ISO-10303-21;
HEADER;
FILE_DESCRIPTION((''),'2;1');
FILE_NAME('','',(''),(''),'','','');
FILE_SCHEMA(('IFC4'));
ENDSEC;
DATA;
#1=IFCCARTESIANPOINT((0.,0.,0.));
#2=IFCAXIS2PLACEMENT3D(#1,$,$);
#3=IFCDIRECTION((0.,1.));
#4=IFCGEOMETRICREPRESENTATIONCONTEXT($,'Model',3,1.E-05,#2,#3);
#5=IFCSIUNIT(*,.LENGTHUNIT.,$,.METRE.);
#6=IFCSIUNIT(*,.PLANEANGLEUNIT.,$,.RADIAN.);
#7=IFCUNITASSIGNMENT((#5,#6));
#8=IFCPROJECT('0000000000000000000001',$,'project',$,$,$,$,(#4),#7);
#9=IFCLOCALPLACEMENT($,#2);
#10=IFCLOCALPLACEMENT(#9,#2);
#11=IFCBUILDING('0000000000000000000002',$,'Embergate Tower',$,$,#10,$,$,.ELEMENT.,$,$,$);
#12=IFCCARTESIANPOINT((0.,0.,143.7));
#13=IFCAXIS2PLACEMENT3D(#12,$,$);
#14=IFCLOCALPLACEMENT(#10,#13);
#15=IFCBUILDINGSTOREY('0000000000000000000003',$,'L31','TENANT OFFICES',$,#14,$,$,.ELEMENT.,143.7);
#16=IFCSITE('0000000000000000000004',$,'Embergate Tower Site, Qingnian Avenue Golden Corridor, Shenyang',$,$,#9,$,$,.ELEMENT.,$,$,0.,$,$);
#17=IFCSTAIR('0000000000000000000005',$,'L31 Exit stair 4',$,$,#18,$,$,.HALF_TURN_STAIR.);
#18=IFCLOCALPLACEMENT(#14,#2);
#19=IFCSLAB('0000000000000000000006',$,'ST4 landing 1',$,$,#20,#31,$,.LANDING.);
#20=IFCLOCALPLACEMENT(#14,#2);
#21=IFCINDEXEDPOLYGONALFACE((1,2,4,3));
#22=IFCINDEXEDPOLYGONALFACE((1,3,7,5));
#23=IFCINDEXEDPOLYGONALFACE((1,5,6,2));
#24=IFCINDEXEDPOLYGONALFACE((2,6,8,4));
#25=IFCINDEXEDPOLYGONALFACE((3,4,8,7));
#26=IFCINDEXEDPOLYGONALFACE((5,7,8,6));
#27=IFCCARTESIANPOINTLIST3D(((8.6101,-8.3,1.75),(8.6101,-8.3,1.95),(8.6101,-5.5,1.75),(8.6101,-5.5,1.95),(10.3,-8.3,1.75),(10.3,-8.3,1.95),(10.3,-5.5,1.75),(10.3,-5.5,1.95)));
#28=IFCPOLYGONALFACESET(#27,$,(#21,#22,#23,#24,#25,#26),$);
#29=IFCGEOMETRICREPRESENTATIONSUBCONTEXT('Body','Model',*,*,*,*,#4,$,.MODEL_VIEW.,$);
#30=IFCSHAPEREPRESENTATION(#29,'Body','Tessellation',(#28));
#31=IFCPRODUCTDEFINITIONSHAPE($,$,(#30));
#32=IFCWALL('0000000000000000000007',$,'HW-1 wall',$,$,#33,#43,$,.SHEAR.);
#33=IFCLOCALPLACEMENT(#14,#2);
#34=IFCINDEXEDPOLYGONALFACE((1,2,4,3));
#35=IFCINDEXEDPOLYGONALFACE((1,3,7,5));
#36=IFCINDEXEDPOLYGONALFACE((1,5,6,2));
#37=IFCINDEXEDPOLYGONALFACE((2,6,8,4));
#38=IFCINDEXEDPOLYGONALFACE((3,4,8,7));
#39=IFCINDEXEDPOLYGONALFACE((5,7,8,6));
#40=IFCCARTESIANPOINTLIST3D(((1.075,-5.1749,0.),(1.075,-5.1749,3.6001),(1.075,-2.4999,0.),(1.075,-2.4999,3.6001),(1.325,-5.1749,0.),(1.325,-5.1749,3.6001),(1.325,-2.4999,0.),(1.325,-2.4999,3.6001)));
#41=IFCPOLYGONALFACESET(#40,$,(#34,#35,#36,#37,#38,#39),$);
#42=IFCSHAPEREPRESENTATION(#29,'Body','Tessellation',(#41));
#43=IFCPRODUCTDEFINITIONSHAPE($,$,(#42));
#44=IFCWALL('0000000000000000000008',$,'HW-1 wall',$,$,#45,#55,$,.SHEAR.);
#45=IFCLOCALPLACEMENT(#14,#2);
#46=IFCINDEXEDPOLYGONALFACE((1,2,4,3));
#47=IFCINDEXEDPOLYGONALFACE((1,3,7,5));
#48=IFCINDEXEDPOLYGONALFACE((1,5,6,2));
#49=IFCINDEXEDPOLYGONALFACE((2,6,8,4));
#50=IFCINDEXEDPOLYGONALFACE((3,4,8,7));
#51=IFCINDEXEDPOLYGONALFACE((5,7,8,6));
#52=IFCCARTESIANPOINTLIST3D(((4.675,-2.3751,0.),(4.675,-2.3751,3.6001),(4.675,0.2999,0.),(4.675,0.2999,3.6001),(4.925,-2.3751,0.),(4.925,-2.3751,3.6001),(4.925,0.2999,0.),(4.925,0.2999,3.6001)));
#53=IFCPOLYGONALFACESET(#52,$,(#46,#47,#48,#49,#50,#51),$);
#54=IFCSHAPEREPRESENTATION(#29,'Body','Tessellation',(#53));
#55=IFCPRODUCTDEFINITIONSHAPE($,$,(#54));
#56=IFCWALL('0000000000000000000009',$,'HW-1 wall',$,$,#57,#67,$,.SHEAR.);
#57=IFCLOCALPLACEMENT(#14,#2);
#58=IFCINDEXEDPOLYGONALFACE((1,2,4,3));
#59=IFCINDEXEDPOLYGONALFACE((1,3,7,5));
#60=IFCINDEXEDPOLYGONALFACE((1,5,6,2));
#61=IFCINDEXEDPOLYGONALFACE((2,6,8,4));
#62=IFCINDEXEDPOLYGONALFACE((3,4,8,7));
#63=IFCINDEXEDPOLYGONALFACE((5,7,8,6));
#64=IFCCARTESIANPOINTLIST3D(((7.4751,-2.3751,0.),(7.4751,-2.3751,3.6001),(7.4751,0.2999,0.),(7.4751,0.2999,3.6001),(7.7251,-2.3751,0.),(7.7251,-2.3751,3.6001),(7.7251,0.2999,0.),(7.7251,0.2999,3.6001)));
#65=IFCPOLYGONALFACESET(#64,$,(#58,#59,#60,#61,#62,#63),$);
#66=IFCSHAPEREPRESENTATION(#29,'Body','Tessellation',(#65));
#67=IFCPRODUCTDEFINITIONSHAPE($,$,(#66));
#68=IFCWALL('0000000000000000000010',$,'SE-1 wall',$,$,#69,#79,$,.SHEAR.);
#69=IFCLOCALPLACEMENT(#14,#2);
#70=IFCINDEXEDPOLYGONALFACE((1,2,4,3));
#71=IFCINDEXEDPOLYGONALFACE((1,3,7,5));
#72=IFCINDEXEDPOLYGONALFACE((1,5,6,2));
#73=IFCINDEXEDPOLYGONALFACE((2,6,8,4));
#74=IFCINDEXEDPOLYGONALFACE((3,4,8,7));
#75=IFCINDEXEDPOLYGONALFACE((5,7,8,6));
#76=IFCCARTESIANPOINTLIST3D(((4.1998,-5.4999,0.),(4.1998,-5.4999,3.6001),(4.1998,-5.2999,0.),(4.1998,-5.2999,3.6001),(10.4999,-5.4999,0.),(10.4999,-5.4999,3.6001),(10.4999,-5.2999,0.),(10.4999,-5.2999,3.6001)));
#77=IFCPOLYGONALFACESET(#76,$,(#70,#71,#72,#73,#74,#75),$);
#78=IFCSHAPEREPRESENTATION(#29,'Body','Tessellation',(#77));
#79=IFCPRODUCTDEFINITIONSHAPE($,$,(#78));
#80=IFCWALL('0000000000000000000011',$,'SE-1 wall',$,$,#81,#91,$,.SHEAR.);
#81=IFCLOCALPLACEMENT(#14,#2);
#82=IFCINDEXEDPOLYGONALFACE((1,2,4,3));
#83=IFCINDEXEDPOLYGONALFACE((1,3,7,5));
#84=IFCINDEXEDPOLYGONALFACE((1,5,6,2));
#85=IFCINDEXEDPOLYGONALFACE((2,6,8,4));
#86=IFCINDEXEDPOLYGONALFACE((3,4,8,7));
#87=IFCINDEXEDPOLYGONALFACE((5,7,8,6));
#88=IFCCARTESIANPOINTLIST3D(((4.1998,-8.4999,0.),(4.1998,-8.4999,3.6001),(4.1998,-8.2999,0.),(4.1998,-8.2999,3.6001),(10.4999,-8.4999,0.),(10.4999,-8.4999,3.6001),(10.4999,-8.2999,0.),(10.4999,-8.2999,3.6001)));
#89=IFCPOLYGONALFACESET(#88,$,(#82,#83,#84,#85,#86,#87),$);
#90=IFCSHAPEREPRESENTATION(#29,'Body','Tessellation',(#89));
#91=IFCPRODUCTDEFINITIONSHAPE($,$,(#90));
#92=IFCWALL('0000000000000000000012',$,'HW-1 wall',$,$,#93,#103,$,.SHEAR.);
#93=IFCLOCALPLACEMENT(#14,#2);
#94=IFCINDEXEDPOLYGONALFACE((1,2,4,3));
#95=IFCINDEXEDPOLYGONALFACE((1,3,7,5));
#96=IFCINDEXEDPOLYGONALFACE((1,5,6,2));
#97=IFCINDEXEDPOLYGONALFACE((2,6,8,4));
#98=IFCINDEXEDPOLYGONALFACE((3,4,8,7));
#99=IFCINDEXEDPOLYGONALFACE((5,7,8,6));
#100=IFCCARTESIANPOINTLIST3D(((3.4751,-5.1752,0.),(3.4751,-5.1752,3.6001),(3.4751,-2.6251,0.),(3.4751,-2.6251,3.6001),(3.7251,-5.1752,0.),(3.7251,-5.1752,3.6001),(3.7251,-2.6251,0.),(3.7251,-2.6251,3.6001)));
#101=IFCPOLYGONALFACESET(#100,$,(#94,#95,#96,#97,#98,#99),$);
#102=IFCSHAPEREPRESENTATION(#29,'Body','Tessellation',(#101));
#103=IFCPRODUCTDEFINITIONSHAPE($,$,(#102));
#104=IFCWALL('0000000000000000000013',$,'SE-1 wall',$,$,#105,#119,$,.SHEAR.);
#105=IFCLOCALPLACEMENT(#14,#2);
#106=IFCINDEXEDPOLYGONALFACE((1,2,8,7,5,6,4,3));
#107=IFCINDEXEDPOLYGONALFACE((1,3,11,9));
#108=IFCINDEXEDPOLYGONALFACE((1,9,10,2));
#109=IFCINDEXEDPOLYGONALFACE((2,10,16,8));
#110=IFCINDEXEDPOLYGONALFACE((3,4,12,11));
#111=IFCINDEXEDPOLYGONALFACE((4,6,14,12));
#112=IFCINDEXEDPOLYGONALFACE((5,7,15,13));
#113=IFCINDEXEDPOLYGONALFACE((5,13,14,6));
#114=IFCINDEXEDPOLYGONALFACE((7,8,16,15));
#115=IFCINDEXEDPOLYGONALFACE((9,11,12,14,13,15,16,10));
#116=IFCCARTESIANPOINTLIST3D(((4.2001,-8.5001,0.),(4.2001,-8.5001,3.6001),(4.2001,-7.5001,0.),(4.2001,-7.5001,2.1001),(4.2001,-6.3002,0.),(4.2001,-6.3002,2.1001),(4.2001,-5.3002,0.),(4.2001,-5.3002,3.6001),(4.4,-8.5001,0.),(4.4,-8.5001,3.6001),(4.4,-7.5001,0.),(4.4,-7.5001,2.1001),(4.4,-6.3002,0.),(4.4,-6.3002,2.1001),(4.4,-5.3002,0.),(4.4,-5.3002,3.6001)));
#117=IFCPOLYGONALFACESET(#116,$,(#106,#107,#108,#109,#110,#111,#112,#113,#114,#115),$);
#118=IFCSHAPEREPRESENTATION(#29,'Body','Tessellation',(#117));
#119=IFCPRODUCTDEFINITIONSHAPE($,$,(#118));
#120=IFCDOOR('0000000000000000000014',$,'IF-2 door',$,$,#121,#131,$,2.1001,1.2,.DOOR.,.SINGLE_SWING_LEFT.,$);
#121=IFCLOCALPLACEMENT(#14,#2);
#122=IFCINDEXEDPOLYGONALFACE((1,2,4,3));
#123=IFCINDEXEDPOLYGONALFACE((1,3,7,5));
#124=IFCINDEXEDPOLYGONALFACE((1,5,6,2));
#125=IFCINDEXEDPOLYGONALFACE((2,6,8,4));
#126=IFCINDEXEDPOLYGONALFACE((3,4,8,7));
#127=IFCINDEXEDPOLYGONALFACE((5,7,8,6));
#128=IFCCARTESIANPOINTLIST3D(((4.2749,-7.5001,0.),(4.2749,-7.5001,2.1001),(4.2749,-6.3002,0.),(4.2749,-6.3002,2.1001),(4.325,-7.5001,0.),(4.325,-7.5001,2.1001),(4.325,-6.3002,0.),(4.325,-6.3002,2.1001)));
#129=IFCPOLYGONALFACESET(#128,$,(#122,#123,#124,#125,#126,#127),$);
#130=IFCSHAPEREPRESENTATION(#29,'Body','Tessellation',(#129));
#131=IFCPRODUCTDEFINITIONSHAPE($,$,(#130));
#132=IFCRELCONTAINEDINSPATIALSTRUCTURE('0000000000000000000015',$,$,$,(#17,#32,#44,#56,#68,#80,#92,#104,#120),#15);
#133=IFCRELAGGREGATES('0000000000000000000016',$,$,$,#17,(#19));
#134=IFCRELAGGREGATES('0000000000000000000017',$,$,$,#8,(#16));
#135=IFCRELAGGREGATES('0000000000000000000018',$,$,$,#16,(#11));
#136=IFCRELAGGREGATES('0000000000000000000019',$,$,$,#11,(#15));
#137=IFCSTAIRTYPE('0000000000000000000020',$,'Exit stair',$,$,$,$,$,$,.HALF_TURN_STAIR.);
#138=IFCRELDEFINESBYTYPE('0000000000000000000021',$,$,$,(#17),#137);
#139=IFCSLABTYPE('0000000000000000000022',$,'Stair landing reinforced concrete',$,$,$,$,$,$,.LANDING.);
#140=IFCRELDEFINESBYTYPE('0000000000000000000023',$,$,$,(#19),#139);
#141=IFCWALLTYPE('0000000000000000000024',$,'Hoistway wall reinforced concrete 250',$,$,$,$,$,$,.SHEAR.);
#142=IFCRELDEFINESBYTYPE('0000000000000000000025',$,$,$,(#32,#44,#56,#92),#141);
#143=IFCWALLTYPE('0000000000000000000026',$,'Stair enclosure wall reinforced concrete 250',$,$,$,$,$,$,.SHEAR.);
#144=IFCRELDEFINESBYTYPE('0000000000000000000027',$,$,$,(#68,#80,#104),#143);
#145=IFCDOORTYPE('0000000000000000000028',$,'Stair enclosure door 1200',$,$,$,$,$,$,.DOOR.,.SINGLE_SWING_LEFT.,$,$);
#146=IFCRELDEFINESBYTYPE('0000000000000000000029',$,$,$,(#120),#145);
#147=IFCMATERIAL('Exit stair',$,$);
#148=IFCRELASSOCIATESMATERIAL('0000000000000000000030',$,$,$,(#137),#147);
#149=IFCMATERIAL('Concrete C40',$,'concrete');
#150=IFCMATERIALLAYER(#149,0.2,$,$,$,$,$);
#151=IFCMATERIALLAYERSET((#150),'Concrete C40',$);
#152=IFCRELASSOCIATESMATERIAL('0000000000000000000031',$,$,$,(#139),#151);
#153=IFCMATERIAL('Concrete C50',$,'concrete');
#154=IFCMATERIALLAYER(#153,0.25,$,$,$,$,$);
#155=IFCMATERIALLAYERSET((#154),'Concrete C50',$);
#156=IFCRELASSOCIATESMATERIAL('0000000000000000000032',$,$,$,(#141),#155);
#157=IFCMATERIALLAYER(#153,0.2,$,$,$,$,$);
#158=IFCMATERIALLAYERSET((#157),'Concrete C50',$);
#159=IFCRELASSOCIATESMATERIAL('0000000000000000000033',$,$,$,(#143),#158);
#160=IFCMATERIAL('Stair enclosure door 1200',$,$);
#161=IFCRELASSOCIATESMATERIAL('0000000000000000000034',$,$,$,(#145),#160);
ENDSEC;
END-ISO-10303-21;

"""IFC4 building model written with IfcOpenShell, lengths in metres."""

from ifc_helpers import new_model, si_unit, direction, frame, frame_2d, origin, place, context, subcontext, project, spatial, polyline, rectangle, outline, extrude, source, transform, mapped, material, layer, layer_set, type_object, element, fill, aggregate, save


model = new_model("IFC4")

# Units and contexts
model_context = context("Model", 3, precision=1e-05, world=origin(), true_north=direction((0.0, 1.0)))
body_context = subcontext(model_context, "Body", "Model", "MODEL_VIEW")
ifc_project = project(units=[si_unit("LENGTHUNIT", "METRE"), si_unit("PLANEANGLEUNIT", "RADIAN")], contexts=[model_context])

# Site, building, storey
site_placement = place(None, origin())
site = spatial("IfcSite", under=ifc_project, at=site_placement, Name="Embergate Tower Site, Qingnian Avenue Golden Corridor, Shenyang", CompositionType="ELEMENT", RefElevation=0.0)
building_placement = place(site_placement, origin())
building = spatial("IfcBuilding", under=site, at=building_placement, Name="Embergate Tower", CompositionType="ELEMENT")
storey_placement = place(building_placement, frame((0.0, 0.0, 143.7)))
storey = spatial("IfcBuildingStorey", under=building, at=storey_placement, Name="L31", Description="TENANT OFFICES", CompositionType="ELEMENT", Elevation=143.7)

# Stair, slab
ifc_material_1 = material(Name="Exit stair")
stair_type = type_object("IfcStairType", Name="Exit stair", PredefinedType="HALF_TURN_STAIR", material=ifc_material_1)
stair_placement = place(storey_placement, origin())
stair = element("IfcStair", 1, at=stair_placement, inside=storey, type_object=stair_type, Name="L31 Exit stair 4", PredefinedType="HALF_TURN_STAIR")
ifc_material_2 = material(Name="Concrete C40", Category="concrete")
ifc_layer_1 = layer(ifc_material_2, 0.2)
ifc_layer_set_1 = layer_set([ifc_layer_1], Name="Concrete C40")
slab_type = type_object("IfcSlabType", Name="Stair landing reinforced concrete", PredefinedType="LANDING", material=ifc_layer_set_1)
shared_shape_1 = source(origin(), body_context, "Body", "SweptSolid", [
    extrude(outline(polyline([(0.0, 0.0), (1.6899, 0.0), (1.6899, 2.8), (0.0, 2.8), (0.0, 0.0)])), origin(), (0.0, 0.0, 1.0), 0.2),
])
slab_placement = place(storey_placement, frame((8.6101, -8.3, 1.75)))
slab = element("IfcSlab", 2, at=slab_placement, type_object=slab_type, Name="ST4 landing 1", PredefinedType="LANDING", context=body_context, shape_type="MappedRepresentation", body=[
    mapped(shared_shape_1, transform((0.0, 0.0, 0.0))),
])

# Walls
ifc_material_3 = material(Name="Concrete C50", Category="concrete")
ifc_layer_2 = layer(ifc_material_3, 0.25)
ifc_layer_set_2 = layer_set([ifc_layer_2], Name="Concrete C50")
wall_type_1 = type_object("IfcWallType", Name="Hoistway wall reinforced concrete 250", PredefinedType="SHEAR", material=ifc_layer_set_2)
shared_shape_2 = source(origin(), body_context, "Body", "SweptSolid", [
    extrude(rectangle(XDim=2.675, YDim=0.25, at=frame_2d((1.3374, 0.0))), origin(), (0.0, 0.0, 1.0), 3.6001),
])
for number, where, z_axis, x_axis, name in (
    (3, (1.2, -2.5, 0.0), (0.0, 0.0, 1.0), (0.0, -1.0, 0.0), "HW-1 wall"),
    (4, (4.8, -2.375, 0.0), (0.0, 0.0, 1.0), (0.0, 1.0, 0.0), "HW-1 wall"),
    (5, (7.6001, -2.375, 0.0), (0.0, 0.0, 1.0), (0.0, 1.0, 0.0), "HW-1 wall"),
):
    element("IfcWall", number, at=place(storey_placement, frame(where, z_axis=z_axis, x_axis=x_axis)), inside=storey, type_object=wall_type_1, Name=name, PredefinedType="SHEAR", context=body_context, shape_type="MappedRepresentation", body=[
        mapped(shared_shape_2, transform((0.0, 0.0, 0.0))),
    ])
ifc_layer_3 = layer(ifc_material_3, 0.2)
ifc_layer_set_3 = layer_set([ifc_layer_3], Name="Concrete C50")
wall_type_2 = type_object("IfcWallType", Name="Stair enclosure wall reinforced concrete 250", PredefinedType="SHEAR", material=ifc_layer_set_3)
shared_shape_3 = source(origin(), body_context, "Body", "SweptSolid", [
    extrude(rectangle(XDim=6.3, YDim=0.2, at=frame_2d((3.1499, 0.0))), origin(), (0.0, 0.0, 1.0), 3.6001),
])
for number, where, z_axis, x_axis, name in (
    (6, (4.2, -5.3999, 0.0), (0.0, 0.0, 1.0), (1.0, 0.0, 0.0), "SE-1 wall"),
    (7, (4.2, -8.3999, 0.0), (0.0, 0.0, 1.0), (1.0, 0.0, 0.0), "SE-1 wall"),
):
    element("IfcWall", number, at=place(storey_placement, frame(where, z_axis=z_axis, x_axis=x_axis)), inside=storey, type_object=wall_type_2, Name=name, PredefinedType="SHEAR", context=body_context, shape_type="MappedRepresentation", body=[
        mapped(shared_shape_3, transform((0.0, 0.0, 0.0))),
    ])
shared_shape_4 = source(origin(), body_context, "Body", "SweptSolid", [
    extrude(rectangle(XDim=2.55, YDim=0.25, at=frame_2d((1.2749, 0.0))), origin(), (0.0, 0.0, 1.0), 3.6001),
])
wall_1_placement = place(storey_placement, frame((3.6001, -5.175, 0.0), z_axis=(0.0, 0.0, 1.0), x_axis=(0.0, 1.0, 0.0)))
element("IfcWall", 8, at=wall_1_placement, inside=storey, type_object=wall_type_1, Name="HW-1 wall", PredefinedType="SHEAR", context=body_context, shape_type="MappedRepresentation", body=[
    mapped(shared_shape_4, transform((0.0, 0.0, 0.0))),
])

# Wall, opening, door
shared_shape_5 = source(origin(), body_context, "Body", "SweptSolid", [
    extrude(rectangle(XDim=3.2, YDim=0.2, at=frame_2d((1.6001, 0.0))), origin(), (0.0, 0.0, 1.0), 3.6001),
])
wall_2_placement = place(storey_placement, frame((4.3, -5.3, 0.0), z_axis=(0.0, 0.0, 1.0), x_axis=(0.0, -1.0, 0.0)))
wall_2 = element("IfcWall", 9, at=wall_2_placement, inside=storey, type_object=wall_type_2, Name="SE-1 wall", PredefinedType="SHEAR", context=body_context, shape_type="MappedRepresentation", body=[
    mapped(shared_shape_5, transform((0.0, 0.0, 0.0))),
])
shared_shape_6 = source(origin(), body_context, "Body", "SweptSolid", [
    extrude(rectangle(XDim=1.2, YDim=2.1001, at=frame_2d((0.6001, 1.05))), frame((0.0, 0.1099, 0.0), z_axis=(0.0, -1.0, 0.0), x_axis=(1.0, 0.0, 0.0)), (0.0, 0.0, 1.0), 0.22),
])
opening_1_placement = place(wall_2_placement, frame((1.0, 0.0, 0.0)))
opening_1 = element("IfcOpeningElement", 10, at=opening_1_placement, cuts=wall_2, PredefinedType="OPENING", context=body_context, shape_type="MappedRepresentation", body=[
    mapped(shared_shape_6, transform((0.0, 0.0, 0.0))),
])
ifc_material_4 = material(Name="Stair enclosure door 1200")
door_type_1 = type_object("IfcDoorType", Name="Stair enclosure door 1200", OperationType="SINGLE_SWING_LEFT", PredefinedType="DOOR", material=ifc_material_4)
shared_shape_7 = source(origin(), body_context, "Body", "SweptSolid", [
    extrude(rectangle(XDim=1.2, YDim=2.1001, at=frame_2d((0.6001, 1.05))), frame((0.0, 0.0249, 0.0), z_axis=(0.0, -1.0, 0.0), x_axis=(1.0, 0.0, 0.0)), (0.0, 0.0, 1.0), 0.05),
])
door_1_placement = place(opening_1_placement, origin())
door_1 = element("IfcDoor", 11, at=door_1_placement, inside=storey, type_object=door_type_1, Name="IF-2 door", OperationType="SINGLE_SWING_LEFT", OverallHeight=2.1001, OverallWidth=1.2, PredefinedType="DOOR", context=body_context, shape_type="MappedRepresentation", body=[
    mapped(shared_shape_7, transform((0.0, 0.0, 0.0))),
])
fill(opening_1, door_1)

aggregate(stair, [slab])

save(model, "model.ifc")
